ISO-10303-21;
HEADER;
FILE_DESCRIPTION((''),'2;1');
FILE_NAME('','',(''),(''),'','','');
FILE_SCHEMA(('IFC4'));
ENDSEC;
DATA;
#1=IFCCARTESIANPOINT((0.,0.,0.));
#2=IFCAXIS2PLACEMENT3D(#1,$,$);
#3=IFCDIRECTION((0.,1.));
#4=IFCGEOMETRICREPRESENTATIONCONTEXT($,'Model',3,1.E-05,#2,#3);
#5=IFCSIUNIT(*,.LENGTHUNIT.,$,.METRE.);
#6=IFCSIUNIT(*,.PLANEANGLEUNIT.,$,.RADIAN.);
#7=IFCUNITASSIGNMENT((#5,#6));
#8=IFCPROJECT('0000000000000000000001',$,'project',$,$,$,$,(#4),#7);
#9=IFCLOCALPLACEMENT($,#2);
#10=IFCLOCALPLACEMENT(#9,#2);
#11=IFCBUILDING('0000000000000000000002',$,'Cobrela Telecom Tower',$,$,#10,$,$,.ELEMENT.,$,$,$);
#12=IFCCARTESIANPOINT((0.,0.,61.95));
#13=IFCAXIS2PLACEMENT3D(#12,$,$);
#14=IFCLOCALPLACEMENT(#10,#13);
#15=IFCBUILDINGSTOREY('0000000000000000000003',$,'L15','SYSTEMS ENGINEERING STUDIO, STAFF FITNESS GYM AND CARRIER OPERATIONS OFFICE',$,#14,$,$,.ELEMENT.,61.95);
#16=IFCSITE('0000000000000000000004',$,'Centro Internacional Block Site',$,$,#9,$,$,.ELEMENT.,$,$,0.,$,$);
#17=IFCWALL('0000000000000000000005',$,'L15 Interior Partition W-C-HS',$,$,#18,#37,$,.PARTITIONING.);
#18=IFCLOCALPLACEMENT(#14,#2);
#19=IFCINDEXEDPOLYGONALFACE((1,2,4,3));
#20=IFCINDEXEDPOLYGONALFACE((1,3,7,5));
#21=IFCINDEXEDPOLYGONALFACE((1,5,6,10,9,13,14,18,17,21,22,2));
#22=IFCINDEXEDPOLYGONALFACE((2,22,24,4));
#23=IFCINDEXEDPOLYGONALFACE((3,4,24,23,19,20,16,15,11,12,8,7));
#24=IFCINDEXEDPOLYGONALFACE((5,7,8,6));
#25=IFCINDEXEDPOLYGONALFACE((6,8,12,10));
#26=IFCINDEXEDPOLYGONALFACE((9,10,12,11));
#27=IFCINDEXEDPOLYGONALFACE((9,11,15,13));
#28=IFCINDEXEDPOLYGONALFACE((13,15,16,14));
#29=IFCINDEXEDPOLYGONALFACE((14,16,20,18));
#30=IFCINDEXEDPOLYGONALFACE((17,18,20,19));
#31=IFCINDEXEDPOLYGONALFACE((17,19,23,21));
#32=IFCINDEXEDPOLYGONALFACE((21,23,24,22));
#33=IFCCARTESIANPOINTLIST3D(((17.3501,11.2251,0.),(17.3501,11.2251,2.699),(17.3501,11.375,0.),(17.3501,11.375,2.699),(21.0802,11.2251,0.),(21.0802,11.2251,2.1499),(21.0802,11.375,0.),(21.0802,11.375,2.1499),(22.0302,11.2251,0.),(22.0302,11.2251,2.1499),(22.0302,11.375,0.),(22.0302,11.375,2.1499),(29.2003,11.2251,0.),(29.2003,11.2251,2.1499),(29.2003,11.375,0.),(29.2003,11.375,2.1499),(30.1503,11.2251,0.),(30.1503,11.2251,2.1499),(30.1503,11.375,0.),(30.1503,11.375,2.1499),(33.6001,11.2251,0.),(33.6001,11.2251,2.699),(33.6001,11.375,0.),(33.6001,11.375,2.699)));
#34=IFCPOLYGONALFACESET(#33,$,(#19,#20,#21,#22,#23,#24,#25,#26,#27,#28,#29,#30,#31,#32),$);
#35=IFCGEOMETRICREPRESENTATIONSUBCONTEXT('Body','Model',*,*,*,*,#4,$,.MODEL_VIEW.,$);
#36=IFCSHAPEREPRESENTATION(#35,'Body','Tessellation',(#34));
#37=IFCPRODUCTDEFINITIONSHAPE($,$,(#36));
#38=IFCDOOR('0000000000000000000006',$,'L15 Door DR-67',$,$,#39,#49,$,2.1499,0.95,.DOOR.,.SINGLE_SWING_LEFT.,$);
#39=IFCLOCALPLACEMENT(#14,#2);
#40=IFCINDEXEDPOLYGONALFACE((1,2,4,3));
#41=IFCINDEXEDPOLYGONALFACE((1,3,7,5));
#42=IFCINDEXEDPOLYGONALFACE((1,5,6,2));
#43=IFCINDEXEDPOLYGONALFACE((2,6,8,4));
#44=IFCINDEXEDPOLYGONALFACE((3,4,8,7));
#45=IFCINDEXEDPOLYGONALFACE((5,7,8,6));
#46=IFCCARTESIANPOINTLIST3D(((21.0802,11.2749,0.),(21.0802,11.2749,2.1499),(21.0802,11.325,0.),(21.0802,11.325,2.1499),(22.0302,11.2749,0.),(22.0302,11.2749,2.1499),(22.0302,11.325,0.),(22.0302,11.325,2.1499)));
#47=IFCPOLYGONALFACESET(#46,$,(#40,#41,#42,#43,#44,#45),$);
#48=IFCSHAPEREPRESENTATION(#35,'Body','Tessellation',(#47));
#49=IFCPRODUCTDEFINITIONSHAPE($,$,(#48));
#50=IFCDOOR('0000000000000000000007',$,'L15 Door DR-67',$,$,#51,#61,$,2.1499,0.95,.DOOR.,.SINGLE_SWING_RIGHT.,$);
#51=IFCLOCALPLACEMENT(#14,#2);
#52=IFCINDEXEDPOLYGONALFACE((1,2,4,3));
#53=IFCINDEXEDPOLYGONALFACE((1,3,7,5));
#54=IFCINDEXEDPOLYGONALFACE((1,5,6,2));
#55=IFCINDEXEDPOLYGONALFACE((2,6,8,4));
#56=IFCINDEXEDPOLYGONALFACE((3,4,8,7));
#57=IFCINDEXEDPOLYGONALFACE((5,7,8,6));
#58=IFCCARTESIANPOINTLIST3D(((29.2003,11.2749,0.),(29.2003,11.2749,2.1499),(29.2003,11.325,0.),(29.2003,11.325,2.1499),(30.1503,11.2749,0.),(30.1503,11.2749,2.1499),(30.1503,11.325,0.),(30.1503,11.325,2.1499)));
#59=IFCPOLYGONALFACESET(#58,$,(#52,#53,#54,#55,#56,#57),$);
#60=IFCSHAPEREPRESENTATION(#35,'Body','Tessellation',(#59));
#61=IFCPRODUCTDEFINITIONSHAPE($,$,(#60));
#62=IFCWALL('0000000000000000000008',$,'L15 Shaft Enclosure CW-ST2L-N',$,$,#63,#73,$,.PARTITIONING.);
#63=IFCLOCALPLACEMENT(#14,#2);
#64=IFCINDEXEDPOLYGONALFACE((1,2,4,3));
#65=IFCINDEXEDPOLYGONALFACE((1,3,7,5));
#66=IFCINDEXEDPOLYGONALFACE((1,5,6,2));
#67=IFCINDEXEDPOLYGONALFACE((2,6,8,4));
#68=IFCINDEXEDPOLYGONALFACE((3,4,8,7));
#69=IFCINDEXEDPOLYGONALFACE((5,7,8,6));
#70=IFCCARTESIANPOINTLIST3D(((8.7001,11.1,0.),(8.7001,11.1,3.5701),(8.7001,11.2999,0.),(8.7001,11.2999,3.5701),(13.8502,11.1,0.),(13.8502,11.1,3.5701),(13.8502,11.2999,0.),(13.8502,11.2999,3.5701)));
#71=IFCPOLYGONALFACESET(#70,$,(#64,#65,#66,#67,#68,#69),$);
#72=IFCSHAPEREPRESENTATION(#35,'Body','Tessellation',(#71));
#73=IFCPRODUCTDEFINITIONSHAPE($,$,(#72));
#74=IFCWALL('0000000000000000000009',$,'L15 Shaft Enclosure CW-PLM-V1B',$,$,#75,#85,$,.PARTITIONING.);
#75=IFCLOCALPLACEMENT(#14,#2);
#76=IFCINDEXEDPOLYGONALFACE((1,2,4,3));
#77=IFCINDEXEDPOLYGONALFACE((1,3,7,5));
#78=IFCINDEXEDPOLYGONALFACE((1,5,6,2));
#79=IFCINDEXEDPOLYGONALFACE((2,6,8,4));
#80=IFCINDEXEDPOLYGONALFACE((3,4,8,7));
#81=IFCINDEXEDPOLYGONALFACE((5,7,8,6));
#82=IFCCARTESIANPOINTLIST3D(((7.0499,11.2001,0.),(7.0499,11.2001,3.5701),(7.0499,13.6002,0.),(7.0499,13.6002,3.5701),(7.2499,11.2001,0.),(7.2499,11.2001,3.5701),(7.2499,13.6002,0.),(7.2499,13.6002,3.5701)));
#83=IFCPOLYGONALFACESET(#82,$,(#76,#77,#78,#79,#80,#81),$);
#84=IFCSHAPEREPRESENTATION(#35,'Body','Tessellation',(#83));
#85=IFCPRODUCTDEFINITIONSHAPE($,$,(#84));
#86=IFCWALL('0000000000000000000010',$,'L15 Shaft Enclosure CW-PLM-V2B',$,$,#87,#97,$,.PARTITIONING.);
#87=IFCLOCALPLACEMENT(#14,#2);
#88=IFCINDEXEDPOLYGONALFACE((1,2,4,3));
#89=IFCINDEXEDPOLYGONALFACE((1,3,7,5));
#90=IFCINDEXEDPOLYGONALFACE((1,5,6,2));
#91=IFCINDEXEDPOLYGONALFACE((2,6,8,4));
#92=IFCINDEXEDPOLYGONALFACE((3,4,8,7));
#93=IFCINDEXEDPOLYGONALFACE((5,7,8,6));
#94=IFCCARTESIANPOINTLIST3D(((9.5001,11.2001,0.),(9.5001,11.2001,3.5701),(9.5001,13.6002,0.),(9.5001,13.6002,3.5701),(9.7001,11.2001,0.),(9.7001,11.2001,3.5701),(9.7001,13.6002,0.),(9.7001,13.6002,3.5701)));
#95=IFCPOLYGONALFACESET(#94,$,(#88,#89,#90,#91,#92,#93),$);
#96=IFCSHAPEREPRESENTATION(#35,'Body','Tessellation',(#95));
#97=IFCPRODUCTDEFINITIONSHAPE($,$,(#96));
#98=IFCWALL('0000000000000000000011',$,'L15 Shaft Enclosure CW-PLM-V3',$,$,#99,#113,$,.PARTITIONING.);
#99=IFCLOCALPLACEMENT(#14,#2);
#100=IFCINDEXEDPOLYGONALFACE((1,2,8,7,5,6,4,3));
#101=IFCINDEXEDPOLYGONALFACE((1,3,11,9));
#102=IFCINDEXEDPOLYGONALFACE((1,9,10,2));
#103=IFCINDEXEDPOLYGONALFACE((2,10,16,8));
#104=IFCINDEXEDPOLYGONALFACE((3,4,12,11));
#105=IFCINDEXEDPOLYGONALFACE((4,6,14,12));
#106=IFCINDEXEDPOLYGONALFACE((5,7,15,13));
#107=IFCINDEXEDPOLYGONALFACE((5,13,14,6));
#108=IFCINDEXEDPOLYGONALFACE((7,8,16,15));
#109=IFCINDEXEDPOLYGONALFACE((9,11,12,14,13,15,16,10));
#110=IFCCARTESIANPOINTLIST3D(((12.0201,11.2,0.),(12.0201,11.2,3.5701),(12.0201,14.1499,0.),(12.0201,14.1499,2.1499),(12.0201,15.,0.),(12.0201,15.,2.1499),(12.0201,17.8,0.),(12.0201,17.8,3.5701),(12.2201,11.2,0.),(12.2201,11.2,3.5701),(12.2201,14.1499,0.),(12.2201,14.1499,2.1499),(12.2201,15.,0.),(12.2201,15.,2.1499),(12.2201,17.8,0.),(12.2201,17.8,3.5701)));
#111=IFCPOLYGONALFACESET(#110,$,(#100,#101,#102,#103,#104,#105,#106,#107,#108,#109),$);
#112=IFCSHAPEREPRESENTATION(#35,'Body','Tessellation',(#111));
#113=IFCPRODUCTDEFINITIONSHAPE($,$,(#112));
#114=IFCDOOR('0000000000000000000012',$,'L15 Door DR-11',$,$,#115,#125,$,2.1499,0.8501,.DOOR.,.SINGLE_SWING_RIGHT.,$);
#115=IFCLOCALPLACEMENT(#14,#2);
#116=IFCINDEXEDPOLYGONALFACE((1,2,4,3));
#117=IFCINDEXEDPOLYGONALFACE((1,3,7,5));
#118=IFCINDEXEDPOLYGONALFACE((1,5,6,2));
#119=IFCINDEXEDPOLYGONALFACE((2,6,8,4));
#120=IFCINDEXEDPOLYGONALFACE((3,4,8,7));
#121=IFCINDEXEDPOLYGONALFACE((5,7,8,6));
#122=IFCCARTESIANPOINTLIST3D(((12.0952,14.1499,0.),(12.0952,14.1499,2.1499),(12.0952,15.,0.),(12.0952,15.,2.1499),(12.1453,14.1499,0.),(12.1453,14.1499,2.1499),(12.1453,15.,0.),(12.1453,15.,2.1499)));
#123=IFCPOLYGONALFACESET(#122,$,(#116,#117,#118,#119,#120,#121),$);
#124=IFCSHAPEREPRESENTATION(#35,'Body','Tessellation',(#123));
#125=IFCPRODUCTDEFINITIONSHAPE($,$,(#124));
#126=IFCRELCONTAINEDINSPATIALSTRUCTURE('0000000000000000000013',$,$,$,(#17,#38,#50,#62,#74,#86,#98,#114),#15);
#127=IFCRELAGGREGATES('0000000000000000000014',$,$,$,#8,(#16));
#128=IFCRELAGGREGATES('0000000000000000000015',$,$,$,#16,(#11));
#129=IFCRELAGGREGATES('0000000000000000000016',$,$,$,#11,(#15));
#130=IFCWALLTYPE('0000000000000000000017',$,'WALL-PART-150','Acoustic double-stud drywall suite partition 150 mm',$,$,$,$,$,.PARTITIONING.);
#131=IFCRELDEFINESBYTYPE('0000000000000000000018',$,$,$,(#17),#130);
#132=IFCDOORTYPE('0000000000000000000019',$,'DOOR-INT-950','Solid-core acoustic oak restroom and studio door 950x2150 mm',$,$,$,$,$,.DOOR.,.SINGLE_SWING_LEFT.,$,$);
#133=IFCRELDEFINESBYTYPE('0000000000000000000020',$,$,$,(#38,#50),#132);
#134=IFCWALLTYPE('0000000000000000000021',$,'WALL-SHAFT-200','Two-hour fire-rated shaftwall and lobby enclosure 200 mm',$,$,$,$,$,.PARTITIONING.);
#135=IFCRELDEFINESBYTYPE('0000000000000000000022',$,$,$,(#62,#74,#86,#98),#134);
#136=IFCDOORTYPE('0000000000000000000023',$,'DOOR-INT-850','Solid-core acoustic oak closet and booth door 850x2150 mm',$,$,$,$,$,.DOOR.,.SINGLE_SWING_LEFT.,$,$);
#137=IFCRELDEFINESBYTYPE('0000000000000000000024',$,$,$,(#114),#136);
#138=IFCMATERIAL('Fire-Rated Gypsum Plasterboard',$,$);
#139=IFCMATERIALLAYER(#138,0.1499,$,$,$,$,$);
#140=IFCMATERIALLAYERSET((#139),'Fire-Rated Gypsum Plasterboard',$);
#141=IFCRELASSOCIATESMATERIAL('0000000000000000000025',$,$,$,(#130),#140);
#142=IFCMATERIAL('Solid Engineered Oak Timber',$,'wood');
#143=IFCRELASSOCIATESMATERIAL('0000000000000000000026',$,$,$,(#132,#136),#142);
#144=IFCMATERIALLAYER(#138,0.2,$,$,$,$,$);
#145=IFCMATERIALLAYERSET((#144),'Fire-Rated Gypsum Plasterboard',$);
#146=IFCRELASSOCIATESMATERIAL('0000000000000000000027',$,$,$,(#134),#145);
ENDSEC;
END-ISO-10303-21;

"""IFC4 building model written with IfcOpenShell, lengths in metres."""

from ifc_helpers import new_model, si_unit, direction, frame, frame_2d, origin, place, context, subcontext, project, spatial, rectangle, extrude, material, layer, layer_set, type_object, element, fill, save


model = new_model("IFC4")

# Units and contexts
model_context = context("Model", 3, precision=1e-05, world=origin(), true_north=direction((0.0, 1.0)))
body_context = subcontext(model_context, "Body", "Model", "MODEL_VIEW")
ifc_project = project(units=[si_unit("LENGTHUNIT", "METRE"), si_unit("PLANEANGLEUNIT", "RADIAN")], contexts=[model_context])

# Site, building, storey
site_placement = place(None, origin())
site = spatial("IfcSite", under=ifc_project, at=site_placement, Name="Centro Internacional Block Site", CompositionType="ELEMENT", RefElevation=0.0)
building_placement = place(site_placement, origin())
building = spatial("IfcBuilding", under=site, at=building_placement, Name="Cobrela Telecom Tower", CompositionType="ELEMENT")
storey_placement = place(building_placement, frame((0.0, 0.0, 61.95)))
storey = spatial("IfcBuildingStorey", under=building, at=storey_placement, Name="L15", Description="SYSTEMS ENGINEERING STUDIO, STAFF FITNESS GYM AND CARRIER OPERATIONS OFFICE", CompositionType="ELEMENT", Elevation=61.95)

# Shared definitions
ifc_material_1 = material(Name="Fire-Rated Gypsum Plasterboard")
ifc_layer_1 = layer(ifc_material_1, 0.1499)
ifc_layer_set_1 = layer_set([ifc_layer_1], Name="Fire-Rated Gypsum Plasterboard")
wall_type_1 = type_object("IfcWallType", Name="WALL-PART-150", Description="Acoustic double-stud drywall suite partition 150 mm", PredefinedType="PARTITIONING", material=ifc_layer_set_1)
ifc_material_2 = material(Name="Solid Engineered Oak Timber", Category="wood")
door_type_1 = type_object("IfcDoorType", Name="DOOR-INT-950", Description="Solid-core acoustic oak restroom and studio door 950x2150 mm", OperationType="SINGLE_SWING_LEFT", PredefinedType="DOOR", material=ifc_material_2)

# Wall, openings, doors
wall_1_placement = place(storey_placement, frame((17.3501, 11.3, 0.0), z_axis=(0.0, 0.0, 1.0), x_axis=(1.0, 0.0, 0.0)))
wall_1 = element("IfcWall", 1, at=wall_1_placement, inside=storey, type_object=wall_type_1, Name="L15 Interior Partition W-C-HS", PredefinedType="PARTITIONING", context=body_context, shape_type="SweptSolid", body=[
    extrude(rectangle(XDim=16.25, YDim=0.1499, at=frame_2d((8.125, 0.0))), origin(), (0.0, 0.0, 1.0), 2.699),
])
opening_1_placement = place(wall_1_placement, frame((3.73, 0.0, 0.0)))
opening_1 = element("IfcOpeningElement", 2, at=opening_1_placement, cuts=wall_1, PredefinedType="OPENING", context=body_context, shape_type="SweptSolid", body=[
    extrude(rectangle(XDim=0.95, YDim=2.1499, at=frame_2d((0.4751, 1.075))), frame((0.0, 0.0869, 0.0), z_axis=(0.0, -1.0, 0.0), x_axis=(1.0, 0.0, 0.0)), (0.0, 0.0, 1.0), 0.1738),
])
opening_2_placement = place(wall_1_placement, frame((11.8501, 0.0, 0.0)))
opening_2 = element("IfcOpeningElement", 3, at=opening_2_placement, cuts=wall_1, PredefinedType="OPENING", context=body_context, shape_type="SweptSolid", body=[
    extrude(rectangle(XDim=0.95, YDim=2.1499, at=frame_2d((0.4751, 1.075))), frame((0.0, 0.0869, 0.0), z_axis=(0.0, -1.0, 0.0), x_axis=(1.0, 0.0, 0.0)), (0.0, 0.0, 1.0), 0.1738),
])
door_1_placement = place(opening_1_placement, origin())
door_1 = element("IfcDoor", 4, at=door_1_placement, inside=storey, type_object=door_type_1, Name="L15 Door DR-67", OperationType="SINGLE_SWING_LEFT", OverallHeight=2.1499, OverallWidth=0.95, PredefinedType="DOOR", context=body_context, shape_type="SweptSolid", body=[
    extrude(rectangle(XDim=0.95, YDim=2.1499, at=frame_2d((0.4751, 1.075))), frame((0.0, 0.0249, 0.0), z_axis=(0.0, -1.0, 0.0), x_axis=(1.0, 0.0, 0.0)), (0.0, 0.0, 1.0), 0.05),
])
fill(opening_1, door_1)
door_2_placement = place(opening_2_placement, origin())
door_2 = element("IfcDoor", 5, at=door_2_placement, inside=storey, type_object=door_type_1, Name="L15 Door DR-67", OperationType="SINGLE_SWING_RIGHT", OverallHeight=2.1499, OverallWidth=0.95, PredefinedType="DOOR", context=body_context, shape_type="SweptSolid", body=[
    extrude(rectangle(XDim=0.95, YDim=2.1499, at=frame_2d((0.4751, 1.075))), frame((0.0, 0.0249, 0.0), z_axis=(0.0, -1.0, 0.0), x_axis=(1.0, 0.0, 0.0)), (0.0, 0.0, 1.0), 0.05),
])
fill(opening_2, door_2)
door_type_2 = type_object("IfcDoorType", Name="DOOR-INT-850", Description="Solid-core acoustic oak closet and booth door 850x2150 mm", OperationType="SINGLE_SWING_LEFT", PredefinedType="DOOR", material=ifc_material_2)

# Walls
ifc_layer_2 = layer(ifc_material_1, 0.2)
ifc_layer_set_2 = layer_set([ifc_layer_2], Name="Fire-Rated Gypsum Plasterboard")
wall_type_2 = type_object("IfcWallType", Name="WALL-SHAFT-200", Description="Two-hour fire-rated shaftwall and lobby enclosure 200 mm", PredefinedType="PARTITIONING", material=ifc_layer_set_2)
wall_2_placement = place(storey_placement, frame((8.7, 11.2, 0.0), z_axis=(0.0, 0.0, 1.0), x_axis=(1.0, 0.0, 0.0)))
element("IfcWall", 6, at=wall_2_placement, inside=storey, type_object=wall_type_2, Name="L15 Shaft Enclosure CW-ST2L-N", PredefinedType="PARTITIONING", context=body_context, shape_type="SweptSolid", body=[
    extrude(rectangle(XDim=5.1501, YDim=0.2, at=frame_2d((2.5752, 0.0))), origin(), (0.0, 0.0, 1.0), 3.5701),
])
for number, where, z_axis, x_axis, name in (
    (7, (7.1499, 11.2, 0.0), (0.0, 0.0, 1.0), (0.0, 1.0, 0.0), "L15 Shaft Enclosure CW-PLM-V1B"),
    (8, (9.6001, 11.2, 0.0), (0.0, 0.0, 1.0), (0.0, 1.0, 0.0), "L15 Shaft Enclosure CW-PLM-V2B"),
):
    element("IfcWall", number, at=place(storey_placement, frame(where, z_axis=z_axis, x_axis=x_axis)), inside=storey, type_object=wall_type_2, Name=name, PredefinedType="PARTITIONING", context=body_context, shape_type="SweptSolid", body=[
        extrude(rectangle(XDim=2.4001, YDim=0.2, at=frame_2d((1.2002, 0.0))), origin(), (0.0, 0.0, 1.0), 3.5701),
    ])

# Wall, opening, door
wall_3_placement = place(storey_placement, frame((12.1201, 11.2, 0.0), z_axis=(0.0, 0.0, 1.0), x_axis=(0.0, 1.0, 0.0)))
wall_3 = element("IfcWall", 9, at=wall_3_placement, inside=storey, type_object=wall_type_2, Name="L15 Shaft Enclosure CW-PLM-V3", PredefinedType="PARTITIONING", context=body_context, shape_type="SweptSolid", body=[
    extrude(rectangle(XDim=6.6001, YDim=0.2, at=frame_2d((3.3, 0.0))), origin(), (0.0, 0.0, 1.0), 3.5701),
])
opening_3_placement = place(wall_3_placement, frame((2.95, 0.0, 0.0)))
opening_3 = element("IfcOpeningElement", 10, at=opening_3_placement, cuts=wall_3, PredefinedType="OPENING", context=body_context, shape_type="SweptSolid", body=[
    extrude(rectangle(XDim=0.8501, YDim=2.1499, at=frame_2d((0.425, 1.075))), frame((0.0, 0.1118, 0.0), z_axis=(0.0, -1.0, 0.0), x_axis=(1.0, 0.0, 0.0)), (0.0, 0.0, 1.0), 0.2239),
])
door_3_placement = place(opening_3_placement, origin())
door_3 = element("IfcDoor", 11, at=door_3_placement, inside=storey, type_object=door_type_2, Name="L15 Door DR-11", OperationType="SINGLE_SWING_RIGHT", OverallHeight=2.1499, OverallWidth=0.8501, PredefinedType="DOOR", context=body_context, shape_type="SweptSolid", body=[
    extrude(rectangle(XDim=0.8501, YDim=2.1499, at=frame_2d((0.425, 1.075))), frame((0.0, 0.0249, 0.0), z_axis=(0.0, -1.0, 0.0), x_axis=(1.0, 0.0, 0.0)), (0.0, 0.0, 1.0), 0.05),
])
fill(opening_3, door_3)

save(model, "model.ifc")
